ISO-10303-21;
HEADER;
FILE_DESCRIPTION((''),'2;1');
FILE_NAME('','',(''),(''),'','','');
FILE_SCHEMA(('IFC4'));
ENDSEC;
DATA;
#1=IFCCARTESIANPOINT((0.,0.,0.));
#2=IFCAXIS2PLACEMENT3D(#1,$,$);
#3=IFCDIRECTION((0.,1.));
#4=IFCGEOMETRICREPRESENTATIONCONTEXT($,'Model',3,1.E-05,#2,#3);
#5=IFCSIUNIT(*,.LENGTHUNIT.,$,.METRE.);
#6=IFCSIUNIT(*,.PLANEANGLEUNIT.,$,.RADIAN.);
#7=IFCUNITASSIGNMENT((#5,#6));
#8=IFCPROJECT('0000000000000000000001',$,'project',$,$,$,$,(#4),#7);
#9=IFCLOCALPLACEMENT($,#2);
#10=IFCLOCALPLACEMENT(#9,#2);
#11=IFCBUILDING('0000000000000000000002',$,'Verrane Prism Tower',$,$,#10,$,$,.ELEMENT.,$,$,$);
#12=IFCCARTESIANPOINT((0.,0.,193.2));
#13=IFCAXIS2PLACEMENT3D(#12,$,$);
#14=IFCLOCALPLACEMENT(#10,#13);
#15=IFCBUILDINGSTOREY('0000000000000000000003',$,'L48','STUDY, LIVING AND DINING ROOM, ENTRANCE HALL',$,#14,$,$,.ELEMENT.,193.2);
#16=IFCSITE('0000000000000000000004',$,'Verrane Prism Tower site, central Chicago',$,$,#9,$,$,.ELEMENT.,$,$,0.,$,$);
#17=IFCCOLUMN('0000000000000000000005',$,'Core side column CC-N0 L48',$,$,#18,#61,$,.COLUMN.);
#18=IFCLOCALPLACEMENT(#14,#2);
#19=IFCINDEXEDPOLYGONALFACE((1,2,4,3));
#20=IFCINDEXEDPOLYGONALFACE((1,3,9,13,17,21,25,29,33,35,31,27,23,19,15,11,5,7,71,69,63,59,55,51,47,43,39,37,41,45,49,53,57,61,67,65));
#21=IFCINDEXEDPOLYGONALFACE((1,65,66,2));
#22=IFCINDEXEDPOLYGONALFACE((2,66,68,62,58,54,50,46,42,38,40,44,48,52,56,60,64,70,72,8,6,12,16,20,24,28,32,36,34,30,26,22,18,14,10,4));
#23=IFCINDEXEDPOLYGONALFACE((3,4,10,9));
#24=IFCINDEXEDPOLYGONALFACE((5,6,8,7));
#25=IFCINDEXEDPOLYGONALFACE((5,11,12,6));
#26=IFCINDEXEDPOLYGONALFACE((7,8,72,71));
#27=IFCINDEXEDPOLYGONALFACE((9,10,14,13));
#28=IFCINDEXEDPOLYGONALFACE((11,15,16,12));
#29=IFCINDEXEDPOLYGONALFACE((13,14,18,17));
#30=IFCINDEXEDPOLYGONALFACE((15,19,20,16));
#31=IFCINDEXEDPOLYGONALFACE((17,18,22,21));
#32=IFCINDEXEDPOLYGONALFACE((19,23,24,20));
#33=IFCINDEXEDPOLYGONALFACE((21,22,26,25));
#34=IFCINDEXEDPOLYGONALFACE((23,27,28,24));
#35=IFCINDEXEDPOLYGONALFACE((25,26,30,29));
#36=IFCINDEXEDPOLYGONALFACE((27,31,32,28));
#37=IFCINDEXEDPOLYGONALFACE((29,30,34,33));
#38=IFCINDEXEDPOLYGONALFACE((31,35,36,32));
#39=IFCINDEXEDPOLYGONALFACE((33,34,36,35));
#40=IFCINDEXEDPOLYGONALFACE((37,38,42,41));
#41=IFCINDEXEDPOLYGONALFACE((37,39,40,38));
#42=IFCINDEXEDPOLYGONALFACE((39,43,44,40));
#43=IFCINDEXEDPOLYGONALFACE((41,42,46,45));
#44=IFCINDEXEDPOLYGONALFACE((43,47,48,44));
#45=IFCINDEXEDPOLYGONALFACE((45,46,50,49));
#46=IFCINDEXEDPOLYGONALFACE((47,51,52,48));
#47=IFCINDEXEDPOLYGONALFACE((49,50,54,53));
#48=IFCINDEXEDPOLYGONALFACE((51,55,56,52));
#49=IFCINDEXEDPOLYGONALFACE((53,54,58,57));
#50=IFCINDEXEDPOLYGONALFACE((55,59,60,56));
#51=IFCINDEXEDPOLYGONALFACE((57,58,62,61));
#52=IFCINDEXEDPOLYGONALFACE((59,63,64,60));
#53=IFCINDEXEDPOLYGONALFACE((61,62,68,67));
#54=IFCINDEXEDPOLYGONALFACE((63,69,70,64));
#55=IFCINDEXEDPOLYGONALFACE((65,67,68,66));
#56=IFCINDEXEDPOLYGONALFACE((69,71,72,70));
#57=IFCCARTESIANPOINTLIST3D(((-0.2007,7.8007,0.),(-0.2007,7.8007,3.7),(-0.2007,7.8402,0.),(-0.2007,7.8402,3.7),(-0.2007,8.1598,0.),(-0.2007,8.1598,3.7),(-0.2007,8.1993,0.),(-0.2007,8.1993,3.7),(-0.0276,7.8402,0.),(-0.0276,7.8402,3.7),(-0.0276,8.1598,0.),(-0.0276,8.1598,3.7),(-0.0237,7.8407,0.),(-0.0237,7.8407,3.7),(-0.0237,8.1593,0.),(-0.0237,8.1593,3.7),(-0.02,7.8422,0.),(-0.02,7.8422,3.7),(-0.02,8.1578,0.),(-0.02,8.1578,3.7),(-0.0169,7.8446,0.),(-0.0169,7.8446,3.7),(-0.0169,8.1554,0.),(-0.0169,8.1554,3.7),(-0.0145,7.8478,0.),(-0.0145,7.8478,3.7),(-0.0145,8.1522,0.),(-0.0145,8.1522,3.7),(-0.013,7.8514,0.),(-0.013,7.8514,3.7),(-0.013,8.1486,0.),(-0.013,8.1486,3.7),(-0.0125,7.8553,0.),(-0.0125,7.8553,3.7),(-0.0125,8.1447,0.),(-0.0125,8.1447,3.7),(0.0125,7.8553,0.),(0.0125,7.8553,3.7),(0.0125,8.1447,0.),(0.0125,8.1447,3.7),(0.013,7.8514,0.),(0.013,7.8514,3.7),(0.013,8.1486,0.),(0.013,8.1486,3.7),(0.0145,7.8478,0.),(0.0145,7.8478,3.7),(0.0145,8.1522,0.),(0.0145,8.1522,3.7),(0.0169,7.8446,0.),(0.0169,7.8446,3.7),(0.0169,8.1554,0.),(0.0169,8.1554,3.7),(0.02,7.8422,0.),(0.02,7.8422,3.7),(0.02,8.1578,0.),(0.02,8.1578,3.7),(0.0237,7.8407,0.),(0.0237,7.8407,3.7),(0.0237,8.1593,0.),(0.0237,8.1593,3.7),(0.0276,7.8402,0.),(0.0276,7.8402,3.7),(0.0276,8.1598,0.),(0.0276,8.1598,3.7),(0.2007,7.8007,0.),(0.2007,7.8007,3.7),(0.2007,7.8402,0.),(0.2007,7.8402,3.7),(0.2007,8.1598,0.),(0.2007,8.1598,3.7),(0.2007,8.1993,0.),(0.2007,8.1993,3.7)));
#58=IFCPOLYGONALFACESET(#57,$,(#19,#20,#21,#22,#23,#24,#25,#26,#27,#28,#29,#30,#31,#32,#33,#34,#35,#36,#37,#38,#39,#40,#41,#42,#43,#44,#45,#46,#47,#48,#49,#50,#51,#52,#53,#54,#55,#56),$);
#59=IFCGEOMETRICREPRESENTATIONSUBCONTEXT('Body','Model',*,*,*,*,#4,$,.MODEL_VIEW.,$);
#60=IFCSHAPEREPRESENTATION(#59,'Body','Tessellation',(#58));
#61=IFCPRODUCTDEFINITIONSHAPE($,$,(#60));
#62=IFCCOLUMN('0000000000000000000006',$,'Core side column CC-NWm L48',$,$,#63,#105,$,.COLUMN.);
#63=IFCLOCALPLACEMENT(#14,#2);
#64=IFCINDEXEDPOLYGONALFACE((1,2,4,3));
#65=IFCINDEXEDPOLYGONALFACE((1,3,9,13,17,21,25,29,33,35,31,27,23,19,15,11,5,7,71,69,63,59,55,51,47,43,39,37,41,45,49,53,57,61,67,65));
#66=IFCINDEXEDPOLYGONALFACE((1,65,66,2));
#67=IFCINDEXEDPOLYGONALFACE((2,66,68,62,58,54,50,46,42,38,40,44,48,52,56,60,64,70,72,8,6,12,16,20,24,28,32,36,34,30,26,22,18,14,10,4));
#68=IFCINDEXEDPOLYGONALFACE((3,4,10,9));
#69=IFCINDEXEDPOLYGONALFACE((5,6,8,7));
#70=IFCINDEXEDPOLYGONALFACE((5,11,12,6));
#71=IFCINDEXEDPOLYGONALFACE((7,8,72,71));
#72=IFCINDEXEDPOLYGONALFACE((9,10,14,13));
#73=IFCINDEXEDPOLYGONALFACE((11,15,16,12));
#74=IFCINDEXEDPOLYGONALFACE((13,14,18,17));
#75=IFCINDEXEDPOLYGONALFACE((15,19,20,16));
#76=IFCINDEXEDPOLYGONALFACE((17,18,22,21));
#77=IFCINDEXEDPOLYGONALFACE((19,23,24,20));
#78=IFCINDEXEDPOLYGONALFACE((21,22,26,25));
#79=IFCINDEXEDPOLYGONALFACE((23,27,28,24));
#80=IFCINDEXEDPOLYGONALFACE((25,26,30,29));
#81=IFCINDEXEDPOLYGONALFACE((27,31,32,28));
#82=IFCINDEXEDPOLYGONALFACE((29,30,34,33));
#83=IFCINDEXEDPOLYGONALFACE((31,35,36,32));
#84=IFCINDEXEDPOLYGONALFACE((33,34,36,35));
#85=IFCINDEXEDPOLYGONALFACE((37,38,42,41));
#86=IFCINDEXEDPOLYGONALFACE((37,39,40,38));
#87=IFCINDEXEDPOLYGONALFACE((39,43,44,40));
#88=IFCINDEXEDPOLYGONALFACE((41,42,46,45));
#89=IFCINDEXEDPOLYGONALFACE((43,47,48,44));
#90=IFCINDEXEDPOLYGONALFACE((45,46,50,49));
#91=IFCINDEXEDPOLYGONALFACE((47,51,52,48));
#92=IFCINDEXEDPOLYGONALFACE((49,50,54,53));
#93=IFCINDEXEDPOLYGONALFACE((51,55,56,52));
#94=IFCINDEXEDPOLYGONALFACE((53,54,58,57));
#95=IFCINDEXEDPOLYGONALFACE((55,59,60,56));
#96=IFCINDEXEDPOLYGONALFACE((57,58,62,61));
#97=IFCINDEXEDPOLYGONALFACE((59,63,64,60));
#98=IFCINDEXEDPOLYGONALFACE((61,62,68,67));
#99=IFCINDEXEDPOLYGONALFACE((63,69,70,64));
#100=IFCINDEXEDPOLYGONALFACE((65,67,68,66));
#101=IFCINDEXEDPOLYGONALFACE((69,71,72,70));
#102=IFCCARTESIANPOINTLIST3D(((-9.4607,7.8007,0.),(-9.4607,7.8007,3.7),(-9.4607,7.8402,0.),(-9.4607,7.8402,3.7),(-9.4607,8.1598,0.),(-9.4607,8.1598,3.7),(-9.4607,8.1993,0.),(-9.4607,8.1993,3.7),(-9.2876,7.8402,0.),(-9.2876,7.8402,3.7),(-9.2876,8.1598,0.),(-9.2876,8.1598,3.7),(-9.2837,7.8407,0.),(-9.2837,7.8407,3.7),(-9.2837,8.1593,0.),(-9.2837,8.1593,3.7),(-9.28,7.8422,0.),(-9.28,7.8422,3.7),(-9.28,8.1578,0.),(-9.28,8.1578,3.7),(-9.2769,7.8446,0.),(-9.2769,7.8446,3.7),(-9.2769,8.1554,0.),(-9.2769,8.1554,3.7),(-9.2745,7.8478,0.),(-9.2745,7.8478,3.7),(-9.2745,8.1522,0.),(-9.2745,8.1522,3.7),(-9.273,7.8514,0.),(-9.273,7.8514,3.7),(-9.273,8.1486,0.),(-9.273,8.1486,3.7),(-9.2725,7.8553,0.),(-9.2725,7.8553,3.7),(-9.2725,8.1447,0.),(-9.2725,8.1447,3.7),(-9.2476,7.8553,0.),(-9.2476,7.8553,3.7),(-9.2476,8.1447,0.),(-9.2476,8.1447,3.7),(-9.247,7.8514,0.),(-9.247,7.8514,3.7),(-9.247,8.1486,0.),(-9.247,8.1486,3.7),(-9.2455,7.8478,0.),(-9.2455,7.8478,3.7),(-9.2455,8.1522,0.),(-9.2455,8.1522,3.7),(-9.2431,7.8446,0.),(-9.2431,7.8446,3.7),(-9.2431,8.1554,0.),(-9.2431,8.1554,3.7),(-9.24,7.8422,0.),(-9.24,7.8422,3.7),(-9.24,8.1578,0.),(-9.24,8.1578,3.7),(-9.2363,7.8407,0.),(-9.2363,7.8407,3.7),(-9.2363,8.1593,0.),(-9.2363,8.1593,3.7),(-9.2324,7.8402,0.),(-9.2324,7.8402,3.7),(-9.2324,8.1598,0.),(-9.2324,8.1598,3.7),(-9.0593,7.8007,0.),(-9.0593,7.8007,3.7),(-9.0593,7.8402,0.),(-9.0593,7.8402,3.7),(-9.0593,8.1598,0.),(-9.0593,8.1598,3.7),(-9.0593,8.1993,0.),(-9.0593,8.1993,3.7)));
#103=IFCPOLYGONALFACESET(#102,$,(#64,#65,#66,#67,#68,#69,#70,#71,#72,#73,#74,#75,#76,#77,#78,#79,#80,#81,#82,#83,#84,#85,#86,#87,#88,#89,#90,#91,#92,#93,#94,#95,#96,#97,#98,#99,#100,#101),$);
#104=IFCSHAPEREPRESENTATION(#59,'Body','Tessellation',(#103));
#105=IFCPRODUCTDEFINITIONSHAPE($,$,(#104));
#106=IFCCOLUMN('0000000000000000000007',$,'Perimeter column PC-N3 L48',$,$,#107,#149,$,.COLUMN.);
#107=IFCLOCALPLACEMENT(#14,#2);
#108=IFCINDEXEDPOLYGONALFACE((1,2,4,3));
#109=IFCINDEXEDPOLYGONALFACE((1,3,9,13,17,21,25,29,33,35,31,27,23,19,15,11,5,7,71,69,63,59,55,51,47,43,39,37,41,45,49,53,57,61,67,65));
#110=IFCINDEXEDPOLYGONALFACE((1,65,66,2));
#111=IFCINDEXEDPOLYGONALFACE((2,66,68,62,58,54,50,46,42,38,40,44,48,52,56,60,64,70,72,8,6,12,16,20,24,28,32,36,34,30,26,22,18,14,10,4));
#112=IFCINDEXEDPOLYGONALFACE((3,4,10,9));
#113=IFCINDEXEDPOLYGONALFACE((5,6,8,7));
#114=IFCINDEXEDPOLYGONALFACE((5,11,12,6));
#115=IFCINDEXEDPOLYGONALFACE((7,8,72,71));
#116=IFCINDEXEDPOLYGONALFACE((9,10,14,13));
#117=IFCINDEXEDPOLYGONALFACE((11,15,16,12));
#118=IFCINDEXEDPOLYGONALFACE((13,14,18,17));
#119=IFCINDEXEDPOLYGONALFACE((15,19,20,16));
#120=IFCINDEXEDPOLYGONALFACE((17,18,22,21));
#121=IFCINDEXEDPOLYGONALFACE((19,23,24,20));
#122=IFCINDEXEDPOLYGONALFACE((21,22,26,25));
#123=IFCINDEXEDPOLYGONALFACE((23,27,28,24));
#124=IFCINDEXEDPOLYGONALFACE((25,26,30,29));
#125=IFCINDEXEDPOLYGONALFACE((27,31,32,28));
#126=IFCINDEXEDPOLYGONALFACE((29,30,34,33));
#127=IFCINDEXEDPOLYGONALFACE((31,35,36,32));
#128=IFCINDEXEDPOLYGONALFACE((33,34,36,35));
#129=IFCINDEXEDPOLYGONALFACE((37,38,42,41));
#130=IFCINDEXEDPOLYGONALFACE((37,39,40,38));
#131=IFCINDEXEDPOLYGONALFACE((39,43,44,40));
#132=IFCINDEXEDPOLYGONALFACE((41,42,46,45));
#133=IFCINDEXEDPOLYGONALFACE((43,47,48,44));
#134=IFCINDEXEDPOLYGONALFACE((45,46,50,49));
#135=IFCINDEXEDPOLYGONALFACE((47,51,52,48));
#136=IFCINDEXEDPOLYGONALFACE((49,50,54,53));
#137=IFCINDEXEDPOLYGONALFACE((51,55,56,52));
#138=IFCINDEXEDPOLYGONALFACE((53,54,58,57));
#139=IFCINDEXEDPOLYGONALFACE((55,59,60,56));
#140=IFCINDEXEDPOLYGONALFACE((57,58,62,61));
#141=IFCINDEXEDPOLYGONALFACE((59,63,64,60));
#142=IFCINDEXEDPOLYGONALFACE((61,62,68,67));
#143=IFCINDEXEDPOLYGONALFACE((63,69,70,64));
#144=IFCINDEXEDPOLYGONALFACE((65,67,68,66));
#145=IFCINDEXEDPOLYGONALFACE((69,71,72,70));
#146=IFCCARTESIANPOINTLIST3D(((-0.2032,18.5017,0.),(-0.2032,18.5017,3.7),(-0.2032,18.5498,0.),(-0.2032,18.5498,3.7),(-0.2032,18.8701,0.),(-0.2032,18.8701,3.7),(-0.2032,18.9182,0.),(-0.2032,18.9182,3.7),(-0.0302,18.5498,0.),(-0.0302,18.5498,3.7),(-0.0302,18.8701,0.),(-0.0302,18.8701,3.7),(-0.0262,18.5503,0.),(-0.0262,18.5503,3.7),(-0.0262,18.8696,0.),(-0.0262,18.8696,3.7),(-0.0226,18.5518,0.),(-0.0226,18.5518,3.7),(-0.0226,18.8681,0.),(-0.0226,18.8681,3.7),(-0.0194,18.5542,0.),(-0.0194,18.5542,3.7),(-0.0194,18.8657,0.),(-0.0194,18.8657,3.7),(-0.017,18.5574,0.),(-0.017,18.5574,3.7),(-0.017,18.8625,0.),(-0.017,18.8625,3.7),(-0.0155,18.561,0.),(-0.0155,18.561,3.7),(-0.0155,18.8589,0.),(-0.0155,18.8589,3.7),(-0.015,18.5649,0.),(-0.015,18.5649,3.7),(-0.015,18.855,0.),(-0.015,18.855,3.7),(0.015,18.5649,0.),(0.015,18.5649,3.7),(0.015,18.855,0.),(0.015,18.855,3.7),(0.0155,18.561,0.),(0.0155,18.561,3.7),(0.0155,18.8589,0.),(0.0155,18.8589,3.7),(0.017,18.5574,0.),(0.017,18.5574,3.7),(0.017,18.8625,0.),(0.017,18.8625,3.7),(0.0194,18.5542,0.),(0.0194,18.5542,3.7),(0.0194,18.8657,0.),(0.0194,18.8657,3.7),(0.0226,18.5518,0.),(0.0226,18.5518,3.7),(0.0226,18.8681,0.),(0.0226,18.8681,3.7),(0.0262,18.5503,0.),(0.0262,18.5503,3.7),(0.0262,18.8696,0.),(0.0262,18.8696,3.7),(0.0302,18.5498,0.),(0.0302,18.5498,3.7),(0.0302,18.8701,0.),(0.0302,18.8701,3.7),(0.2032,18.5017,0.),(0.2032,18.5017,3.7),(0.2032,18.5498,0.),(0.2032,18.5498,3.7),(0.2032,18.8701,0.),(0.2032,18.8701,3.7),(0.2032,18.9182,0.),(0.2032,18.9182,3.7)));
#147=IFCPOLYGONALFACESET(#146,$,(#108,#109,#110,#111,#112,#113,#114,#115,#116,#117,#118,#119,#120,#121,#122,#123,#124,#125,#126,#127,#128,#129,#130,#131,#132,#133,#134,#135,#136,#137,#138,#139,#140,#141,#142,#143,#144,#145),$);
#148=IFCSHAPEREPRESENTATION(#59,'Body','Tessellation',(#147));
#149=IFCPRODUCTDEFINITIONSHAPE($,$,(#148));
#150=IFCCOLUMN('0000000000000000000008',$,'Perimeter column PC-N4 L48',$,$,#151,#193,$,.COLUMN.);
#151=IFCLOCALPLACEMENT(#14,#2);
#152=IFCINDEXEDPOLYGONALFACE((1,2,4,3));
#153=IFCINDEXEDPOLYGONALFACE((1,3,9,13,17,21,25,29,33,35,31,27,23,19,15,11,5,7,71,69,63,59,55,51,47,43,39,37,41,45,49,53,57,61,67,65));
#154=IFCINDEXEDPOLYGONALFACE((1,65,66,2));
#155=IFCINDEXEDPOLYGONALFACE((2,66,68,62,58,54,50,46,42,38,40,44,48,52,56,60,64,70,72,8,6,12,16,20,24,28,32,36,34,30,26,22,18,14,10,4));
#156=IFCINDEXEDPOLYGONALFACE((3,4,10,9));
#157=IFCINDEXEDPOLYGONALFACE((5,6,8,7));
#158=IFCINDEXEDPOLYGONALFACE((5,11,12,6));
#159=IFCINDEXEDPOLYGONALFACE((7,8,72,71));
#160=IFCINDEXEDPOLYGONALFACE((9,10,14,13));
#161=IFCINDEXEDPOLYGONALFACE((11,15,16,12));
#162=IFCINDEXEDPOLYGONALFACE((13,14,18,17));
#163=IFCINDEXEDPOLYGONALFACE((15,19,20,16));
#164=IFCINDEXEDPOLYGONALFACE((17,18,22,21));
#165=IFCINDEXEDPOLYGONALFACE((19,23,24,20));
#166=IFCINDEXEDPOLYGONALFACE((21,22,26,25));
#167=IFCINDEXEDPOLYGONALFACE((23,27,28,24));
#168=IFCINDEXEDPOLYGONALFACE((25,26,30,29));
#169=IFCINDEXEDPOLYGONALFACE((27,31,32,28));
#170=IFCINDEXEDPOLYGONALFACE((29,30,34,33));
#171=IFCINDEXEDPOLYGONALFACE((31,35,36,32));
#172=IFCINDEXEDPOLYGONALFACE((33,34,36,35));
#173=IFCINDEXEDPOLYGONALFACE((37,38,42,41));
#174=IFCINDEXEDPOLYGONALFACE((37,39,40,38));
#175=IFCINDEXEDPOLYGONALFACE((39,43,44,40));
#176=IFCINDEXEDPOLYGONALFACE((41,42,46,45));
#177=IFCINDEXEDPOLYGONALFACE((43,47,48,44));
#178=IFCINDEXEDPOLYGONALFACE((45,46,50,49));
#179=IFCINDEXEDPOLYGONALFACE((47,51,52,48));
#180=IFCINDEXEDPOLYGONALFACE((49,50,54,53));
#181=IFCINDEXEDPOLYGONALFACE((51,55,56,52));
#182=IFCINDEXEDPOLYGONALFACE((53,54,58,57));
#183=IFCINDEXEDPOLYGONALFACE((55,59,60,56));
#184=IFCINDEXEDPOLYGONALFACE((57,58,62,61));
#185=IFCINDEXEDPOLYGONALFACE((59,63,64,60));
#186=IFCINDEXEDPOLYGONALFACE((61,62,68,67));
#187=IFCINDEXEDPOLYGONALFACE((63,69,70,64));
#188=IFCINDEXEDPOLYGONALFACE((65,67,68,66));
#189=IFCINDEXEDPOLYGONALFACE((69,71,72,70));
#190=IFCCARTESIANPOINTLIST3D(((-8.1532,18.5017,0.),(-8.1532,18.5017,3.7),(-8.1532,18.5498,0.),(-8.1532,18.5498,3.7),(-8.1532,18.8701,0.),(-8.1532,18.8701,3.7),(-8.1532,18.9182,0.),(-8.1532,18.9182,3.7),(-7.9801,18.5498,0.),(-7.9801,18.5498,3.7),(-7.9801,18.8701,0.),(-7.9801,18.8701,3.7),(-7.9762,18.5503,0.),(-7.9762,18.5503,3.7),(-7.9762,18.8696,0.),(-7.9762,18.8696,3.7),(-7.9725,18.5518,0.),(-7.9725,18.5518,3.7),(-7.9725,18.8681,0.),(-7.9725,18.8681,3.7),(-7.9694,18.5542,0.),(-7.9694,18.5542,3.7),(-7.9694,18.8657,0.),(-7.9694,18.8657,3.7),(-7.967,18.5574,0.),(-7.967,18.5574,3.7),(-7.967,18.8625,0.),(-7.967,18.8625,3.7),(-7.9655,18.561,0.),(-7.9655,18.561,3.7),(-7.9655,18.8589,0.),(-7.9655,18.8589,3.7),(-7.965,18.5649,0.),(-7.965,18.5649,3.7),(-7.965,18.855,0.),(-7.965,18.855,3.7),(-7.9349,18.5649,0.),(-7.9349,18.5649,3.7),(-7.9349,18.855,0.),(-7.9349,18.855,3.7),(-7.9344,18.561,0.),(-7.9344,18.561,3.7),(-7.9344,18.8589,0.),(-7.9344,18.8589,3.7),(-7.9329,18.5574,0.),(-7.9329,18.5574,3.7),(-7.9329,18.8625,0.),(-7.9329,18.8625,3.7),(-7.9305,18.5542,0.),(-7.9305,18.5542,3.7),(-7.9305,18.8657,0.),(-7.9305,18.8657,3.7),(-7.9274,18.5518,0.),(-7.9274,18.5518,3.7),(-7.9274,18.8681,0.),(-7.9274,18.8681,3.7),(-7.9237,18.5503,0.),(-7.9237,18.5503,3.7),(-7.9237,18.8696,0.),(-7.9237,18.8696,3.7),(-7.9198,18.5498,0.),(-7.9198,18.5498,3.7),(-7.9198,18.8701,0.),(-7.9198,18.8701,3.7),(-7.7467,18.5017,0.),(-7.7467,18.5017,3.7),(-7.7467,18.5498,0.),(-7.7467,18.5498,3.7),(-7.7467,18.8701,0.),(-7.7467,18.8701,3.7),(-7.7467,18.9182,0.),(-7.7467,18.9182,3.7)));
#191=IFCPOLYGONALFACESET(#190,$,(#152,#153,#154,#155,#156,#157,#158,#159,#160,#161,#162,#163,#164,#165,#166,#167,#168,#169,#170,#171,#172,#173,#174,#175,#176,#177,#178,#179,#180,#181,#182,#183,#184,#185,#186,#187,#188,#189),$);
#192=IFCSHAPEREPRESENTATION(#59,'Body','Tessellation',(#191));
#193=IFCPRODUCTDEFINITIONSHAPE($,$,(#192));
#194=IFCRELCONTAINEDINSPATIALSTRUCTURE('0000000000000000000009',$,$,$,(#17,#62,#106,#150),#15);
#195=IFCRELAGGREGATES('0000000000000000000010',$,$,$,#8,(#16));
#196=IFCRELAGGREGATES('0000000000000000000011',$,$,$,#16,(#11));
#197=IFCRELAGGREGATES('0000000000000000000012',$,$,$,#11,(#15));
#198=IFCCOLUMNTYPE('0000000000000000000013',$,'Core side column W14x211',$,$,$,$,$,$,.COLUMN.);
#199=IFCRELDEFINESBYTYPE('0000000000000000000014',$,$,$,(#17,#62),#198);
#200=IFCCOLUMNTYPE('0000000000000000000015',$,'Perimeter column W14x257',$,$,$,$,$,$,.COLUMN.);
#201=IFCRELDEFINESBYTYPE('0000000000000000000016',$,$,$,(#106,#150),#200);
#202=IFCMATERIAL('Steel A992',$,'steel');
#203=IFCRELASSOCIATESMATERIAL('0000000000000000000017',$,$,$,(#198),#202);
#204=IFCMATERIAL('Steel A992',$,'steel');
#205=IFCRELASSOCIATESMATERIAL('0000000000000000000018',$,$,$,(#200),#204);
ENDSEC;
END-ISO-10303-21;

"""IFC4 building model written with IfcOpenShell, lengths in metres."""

from ifc_helpers import new_model, si_unit, direction, frame, origin, origin_2d, place, context, subcontext, project, spatial, i_section, extrude, material, material_profile, profile_set, type_object, element, save


model = new_model("IFC4")

# Units and contexts
model_context = context("Model", 3, precision=1e-05, world=origin(), true_north=direction((0.0, 1.0)))
body_context = subcontext(model_context, "Body", "Model", "MODEL_VIEW")
ifc_project = project(units=[si_unit("LENGTHUNIT", "METRE"), si_unit("PLANEANGLEUNIT", "RADIAN")], contexts=[model_context])

# Site, building, storey
site_placement = place(None, origin())
site = spatial("IfcSite", under=ifc_project, at=site_placement, Name="Verrane Prism Tower site, central Chicago", CompositionType="ELEMENT", RefElevation=0.0)
building_placement = place(site_placement, origin())
building = spatial("IfcBuilding", under=site, at=building_placement, Name="Verrane Prism Tower", CompositionType="ELEMENT")
storey_placement = place(building_placement, frame((0.0, 0.0, 193.2)))
storey = spatial("IfcBuildingStorey", under=building, at=storey_placement, Name="L48", Description="STUDY, LIVING AND DINING ROOM, ENTRANCE HALL", CompositionType="ELEMENT", Elevation=193.2)

# Columns
ifc_material_1 = material(Name="Steel A992", Category="steel")
ifc_material_profile_1 = material_profile(ifc_material_1, i_section(OverallWidth=0.4014, OverallDepth=0.3987, WebThickness=0.0249, FlangeThickness=0.0396, FilletRadius=0.0151, at=origin_2d()), Name="W14x211")
ifc_profile_set_1 = profile_set([ifc_material_profile_1], Name="Steel A992")
column_type_1 = type_object("IfcColumnType", Name="Core side column W14x211", PredefinedType="COLUMN", material=ifc_profile_set_1)
for number, where, z_axis, x_axis, name in (
    (1, (0.0, 8.0, 0.0), (0.0, 0.0, 1.0), (1.0, 0.0, 0.0), "Core side column CC-N0 L48"),
    (2, (-9.26, 8.0, 0.0), (0.0, 0.0, 1.0), (1.0, 0.0, 0.0), "Core side column CC-NWm L48"),
):
    element("IfcColumn", number, at=place(storey_placement, frame(where, z_axis=z_axis, x_axis=x_axis)), inside=storey, type_object=column_type_1, Name=name, PredefinedType="COLUMN", context=body_context, shape_type="SweptSolid", body=[
        extrude(i_section(OverallWidth=0.4014, OverallDepth=0.3987, WebThickness=0.0249, FlangeThickness=0.0396, FilletRadius=0.0151, at=origin_2d()), origin(), (0.0, 0.0, 1.0), 3.7),
    ])
ifc_material_2 = material(Name="Steel A992", Category="steel")
ifc_material_profile_2 = material_profile(ifc_material_2, i_section(OverallWidth=0.4065, OverallDepth=0.4165, WebThickness=0.03, FlangeThickness=0.0481, FilletRadius=0.0151, at=origin_2d()), Name="W14x257")
ifc_profile_set_2 = profile_set([ifc_material_profile_2], Name="Steel A992")
column_type_2 = type_object("IfcColumnType", Name="Perimeter column W14x257", PredefinedType="COLUMN", material=ifc_profile_set_2)
for number, where, z_axis, x_axis, name in (
    (3, (0.0, 18.71, 0.0), (0.0, 0.0, 1.0), (1.0, 0.0, 0.0), "Perimeter column PC-N3 L48"),
    (4, (-7.95, 18.71, 0.0), (0.0, 0.0, 1.0), (1.0, 0.0, 0.0), "Perimeter column PC-N4 L48"),
):
    element("IfcColumn", number, at=place(storey_placement, frame(where, z_axis=z_axis, x_axis=x_axis)), inside=storey, type_object=column_type_2, Name=name, PredefinedType="COLUMN", context=body_context, shape_type="SweptSolid", body=[
        extrude(i_section(OverallWidth=0.4065, OverallDepth=0.4165, WebThickness=0.03, FlangeThickness=0.0481, FilletRadius=0.0151, at=origin_2d()), origin(), (0.0, 0.0, 1.0), 3.7),
    ])

save(model, "model.ifc")
